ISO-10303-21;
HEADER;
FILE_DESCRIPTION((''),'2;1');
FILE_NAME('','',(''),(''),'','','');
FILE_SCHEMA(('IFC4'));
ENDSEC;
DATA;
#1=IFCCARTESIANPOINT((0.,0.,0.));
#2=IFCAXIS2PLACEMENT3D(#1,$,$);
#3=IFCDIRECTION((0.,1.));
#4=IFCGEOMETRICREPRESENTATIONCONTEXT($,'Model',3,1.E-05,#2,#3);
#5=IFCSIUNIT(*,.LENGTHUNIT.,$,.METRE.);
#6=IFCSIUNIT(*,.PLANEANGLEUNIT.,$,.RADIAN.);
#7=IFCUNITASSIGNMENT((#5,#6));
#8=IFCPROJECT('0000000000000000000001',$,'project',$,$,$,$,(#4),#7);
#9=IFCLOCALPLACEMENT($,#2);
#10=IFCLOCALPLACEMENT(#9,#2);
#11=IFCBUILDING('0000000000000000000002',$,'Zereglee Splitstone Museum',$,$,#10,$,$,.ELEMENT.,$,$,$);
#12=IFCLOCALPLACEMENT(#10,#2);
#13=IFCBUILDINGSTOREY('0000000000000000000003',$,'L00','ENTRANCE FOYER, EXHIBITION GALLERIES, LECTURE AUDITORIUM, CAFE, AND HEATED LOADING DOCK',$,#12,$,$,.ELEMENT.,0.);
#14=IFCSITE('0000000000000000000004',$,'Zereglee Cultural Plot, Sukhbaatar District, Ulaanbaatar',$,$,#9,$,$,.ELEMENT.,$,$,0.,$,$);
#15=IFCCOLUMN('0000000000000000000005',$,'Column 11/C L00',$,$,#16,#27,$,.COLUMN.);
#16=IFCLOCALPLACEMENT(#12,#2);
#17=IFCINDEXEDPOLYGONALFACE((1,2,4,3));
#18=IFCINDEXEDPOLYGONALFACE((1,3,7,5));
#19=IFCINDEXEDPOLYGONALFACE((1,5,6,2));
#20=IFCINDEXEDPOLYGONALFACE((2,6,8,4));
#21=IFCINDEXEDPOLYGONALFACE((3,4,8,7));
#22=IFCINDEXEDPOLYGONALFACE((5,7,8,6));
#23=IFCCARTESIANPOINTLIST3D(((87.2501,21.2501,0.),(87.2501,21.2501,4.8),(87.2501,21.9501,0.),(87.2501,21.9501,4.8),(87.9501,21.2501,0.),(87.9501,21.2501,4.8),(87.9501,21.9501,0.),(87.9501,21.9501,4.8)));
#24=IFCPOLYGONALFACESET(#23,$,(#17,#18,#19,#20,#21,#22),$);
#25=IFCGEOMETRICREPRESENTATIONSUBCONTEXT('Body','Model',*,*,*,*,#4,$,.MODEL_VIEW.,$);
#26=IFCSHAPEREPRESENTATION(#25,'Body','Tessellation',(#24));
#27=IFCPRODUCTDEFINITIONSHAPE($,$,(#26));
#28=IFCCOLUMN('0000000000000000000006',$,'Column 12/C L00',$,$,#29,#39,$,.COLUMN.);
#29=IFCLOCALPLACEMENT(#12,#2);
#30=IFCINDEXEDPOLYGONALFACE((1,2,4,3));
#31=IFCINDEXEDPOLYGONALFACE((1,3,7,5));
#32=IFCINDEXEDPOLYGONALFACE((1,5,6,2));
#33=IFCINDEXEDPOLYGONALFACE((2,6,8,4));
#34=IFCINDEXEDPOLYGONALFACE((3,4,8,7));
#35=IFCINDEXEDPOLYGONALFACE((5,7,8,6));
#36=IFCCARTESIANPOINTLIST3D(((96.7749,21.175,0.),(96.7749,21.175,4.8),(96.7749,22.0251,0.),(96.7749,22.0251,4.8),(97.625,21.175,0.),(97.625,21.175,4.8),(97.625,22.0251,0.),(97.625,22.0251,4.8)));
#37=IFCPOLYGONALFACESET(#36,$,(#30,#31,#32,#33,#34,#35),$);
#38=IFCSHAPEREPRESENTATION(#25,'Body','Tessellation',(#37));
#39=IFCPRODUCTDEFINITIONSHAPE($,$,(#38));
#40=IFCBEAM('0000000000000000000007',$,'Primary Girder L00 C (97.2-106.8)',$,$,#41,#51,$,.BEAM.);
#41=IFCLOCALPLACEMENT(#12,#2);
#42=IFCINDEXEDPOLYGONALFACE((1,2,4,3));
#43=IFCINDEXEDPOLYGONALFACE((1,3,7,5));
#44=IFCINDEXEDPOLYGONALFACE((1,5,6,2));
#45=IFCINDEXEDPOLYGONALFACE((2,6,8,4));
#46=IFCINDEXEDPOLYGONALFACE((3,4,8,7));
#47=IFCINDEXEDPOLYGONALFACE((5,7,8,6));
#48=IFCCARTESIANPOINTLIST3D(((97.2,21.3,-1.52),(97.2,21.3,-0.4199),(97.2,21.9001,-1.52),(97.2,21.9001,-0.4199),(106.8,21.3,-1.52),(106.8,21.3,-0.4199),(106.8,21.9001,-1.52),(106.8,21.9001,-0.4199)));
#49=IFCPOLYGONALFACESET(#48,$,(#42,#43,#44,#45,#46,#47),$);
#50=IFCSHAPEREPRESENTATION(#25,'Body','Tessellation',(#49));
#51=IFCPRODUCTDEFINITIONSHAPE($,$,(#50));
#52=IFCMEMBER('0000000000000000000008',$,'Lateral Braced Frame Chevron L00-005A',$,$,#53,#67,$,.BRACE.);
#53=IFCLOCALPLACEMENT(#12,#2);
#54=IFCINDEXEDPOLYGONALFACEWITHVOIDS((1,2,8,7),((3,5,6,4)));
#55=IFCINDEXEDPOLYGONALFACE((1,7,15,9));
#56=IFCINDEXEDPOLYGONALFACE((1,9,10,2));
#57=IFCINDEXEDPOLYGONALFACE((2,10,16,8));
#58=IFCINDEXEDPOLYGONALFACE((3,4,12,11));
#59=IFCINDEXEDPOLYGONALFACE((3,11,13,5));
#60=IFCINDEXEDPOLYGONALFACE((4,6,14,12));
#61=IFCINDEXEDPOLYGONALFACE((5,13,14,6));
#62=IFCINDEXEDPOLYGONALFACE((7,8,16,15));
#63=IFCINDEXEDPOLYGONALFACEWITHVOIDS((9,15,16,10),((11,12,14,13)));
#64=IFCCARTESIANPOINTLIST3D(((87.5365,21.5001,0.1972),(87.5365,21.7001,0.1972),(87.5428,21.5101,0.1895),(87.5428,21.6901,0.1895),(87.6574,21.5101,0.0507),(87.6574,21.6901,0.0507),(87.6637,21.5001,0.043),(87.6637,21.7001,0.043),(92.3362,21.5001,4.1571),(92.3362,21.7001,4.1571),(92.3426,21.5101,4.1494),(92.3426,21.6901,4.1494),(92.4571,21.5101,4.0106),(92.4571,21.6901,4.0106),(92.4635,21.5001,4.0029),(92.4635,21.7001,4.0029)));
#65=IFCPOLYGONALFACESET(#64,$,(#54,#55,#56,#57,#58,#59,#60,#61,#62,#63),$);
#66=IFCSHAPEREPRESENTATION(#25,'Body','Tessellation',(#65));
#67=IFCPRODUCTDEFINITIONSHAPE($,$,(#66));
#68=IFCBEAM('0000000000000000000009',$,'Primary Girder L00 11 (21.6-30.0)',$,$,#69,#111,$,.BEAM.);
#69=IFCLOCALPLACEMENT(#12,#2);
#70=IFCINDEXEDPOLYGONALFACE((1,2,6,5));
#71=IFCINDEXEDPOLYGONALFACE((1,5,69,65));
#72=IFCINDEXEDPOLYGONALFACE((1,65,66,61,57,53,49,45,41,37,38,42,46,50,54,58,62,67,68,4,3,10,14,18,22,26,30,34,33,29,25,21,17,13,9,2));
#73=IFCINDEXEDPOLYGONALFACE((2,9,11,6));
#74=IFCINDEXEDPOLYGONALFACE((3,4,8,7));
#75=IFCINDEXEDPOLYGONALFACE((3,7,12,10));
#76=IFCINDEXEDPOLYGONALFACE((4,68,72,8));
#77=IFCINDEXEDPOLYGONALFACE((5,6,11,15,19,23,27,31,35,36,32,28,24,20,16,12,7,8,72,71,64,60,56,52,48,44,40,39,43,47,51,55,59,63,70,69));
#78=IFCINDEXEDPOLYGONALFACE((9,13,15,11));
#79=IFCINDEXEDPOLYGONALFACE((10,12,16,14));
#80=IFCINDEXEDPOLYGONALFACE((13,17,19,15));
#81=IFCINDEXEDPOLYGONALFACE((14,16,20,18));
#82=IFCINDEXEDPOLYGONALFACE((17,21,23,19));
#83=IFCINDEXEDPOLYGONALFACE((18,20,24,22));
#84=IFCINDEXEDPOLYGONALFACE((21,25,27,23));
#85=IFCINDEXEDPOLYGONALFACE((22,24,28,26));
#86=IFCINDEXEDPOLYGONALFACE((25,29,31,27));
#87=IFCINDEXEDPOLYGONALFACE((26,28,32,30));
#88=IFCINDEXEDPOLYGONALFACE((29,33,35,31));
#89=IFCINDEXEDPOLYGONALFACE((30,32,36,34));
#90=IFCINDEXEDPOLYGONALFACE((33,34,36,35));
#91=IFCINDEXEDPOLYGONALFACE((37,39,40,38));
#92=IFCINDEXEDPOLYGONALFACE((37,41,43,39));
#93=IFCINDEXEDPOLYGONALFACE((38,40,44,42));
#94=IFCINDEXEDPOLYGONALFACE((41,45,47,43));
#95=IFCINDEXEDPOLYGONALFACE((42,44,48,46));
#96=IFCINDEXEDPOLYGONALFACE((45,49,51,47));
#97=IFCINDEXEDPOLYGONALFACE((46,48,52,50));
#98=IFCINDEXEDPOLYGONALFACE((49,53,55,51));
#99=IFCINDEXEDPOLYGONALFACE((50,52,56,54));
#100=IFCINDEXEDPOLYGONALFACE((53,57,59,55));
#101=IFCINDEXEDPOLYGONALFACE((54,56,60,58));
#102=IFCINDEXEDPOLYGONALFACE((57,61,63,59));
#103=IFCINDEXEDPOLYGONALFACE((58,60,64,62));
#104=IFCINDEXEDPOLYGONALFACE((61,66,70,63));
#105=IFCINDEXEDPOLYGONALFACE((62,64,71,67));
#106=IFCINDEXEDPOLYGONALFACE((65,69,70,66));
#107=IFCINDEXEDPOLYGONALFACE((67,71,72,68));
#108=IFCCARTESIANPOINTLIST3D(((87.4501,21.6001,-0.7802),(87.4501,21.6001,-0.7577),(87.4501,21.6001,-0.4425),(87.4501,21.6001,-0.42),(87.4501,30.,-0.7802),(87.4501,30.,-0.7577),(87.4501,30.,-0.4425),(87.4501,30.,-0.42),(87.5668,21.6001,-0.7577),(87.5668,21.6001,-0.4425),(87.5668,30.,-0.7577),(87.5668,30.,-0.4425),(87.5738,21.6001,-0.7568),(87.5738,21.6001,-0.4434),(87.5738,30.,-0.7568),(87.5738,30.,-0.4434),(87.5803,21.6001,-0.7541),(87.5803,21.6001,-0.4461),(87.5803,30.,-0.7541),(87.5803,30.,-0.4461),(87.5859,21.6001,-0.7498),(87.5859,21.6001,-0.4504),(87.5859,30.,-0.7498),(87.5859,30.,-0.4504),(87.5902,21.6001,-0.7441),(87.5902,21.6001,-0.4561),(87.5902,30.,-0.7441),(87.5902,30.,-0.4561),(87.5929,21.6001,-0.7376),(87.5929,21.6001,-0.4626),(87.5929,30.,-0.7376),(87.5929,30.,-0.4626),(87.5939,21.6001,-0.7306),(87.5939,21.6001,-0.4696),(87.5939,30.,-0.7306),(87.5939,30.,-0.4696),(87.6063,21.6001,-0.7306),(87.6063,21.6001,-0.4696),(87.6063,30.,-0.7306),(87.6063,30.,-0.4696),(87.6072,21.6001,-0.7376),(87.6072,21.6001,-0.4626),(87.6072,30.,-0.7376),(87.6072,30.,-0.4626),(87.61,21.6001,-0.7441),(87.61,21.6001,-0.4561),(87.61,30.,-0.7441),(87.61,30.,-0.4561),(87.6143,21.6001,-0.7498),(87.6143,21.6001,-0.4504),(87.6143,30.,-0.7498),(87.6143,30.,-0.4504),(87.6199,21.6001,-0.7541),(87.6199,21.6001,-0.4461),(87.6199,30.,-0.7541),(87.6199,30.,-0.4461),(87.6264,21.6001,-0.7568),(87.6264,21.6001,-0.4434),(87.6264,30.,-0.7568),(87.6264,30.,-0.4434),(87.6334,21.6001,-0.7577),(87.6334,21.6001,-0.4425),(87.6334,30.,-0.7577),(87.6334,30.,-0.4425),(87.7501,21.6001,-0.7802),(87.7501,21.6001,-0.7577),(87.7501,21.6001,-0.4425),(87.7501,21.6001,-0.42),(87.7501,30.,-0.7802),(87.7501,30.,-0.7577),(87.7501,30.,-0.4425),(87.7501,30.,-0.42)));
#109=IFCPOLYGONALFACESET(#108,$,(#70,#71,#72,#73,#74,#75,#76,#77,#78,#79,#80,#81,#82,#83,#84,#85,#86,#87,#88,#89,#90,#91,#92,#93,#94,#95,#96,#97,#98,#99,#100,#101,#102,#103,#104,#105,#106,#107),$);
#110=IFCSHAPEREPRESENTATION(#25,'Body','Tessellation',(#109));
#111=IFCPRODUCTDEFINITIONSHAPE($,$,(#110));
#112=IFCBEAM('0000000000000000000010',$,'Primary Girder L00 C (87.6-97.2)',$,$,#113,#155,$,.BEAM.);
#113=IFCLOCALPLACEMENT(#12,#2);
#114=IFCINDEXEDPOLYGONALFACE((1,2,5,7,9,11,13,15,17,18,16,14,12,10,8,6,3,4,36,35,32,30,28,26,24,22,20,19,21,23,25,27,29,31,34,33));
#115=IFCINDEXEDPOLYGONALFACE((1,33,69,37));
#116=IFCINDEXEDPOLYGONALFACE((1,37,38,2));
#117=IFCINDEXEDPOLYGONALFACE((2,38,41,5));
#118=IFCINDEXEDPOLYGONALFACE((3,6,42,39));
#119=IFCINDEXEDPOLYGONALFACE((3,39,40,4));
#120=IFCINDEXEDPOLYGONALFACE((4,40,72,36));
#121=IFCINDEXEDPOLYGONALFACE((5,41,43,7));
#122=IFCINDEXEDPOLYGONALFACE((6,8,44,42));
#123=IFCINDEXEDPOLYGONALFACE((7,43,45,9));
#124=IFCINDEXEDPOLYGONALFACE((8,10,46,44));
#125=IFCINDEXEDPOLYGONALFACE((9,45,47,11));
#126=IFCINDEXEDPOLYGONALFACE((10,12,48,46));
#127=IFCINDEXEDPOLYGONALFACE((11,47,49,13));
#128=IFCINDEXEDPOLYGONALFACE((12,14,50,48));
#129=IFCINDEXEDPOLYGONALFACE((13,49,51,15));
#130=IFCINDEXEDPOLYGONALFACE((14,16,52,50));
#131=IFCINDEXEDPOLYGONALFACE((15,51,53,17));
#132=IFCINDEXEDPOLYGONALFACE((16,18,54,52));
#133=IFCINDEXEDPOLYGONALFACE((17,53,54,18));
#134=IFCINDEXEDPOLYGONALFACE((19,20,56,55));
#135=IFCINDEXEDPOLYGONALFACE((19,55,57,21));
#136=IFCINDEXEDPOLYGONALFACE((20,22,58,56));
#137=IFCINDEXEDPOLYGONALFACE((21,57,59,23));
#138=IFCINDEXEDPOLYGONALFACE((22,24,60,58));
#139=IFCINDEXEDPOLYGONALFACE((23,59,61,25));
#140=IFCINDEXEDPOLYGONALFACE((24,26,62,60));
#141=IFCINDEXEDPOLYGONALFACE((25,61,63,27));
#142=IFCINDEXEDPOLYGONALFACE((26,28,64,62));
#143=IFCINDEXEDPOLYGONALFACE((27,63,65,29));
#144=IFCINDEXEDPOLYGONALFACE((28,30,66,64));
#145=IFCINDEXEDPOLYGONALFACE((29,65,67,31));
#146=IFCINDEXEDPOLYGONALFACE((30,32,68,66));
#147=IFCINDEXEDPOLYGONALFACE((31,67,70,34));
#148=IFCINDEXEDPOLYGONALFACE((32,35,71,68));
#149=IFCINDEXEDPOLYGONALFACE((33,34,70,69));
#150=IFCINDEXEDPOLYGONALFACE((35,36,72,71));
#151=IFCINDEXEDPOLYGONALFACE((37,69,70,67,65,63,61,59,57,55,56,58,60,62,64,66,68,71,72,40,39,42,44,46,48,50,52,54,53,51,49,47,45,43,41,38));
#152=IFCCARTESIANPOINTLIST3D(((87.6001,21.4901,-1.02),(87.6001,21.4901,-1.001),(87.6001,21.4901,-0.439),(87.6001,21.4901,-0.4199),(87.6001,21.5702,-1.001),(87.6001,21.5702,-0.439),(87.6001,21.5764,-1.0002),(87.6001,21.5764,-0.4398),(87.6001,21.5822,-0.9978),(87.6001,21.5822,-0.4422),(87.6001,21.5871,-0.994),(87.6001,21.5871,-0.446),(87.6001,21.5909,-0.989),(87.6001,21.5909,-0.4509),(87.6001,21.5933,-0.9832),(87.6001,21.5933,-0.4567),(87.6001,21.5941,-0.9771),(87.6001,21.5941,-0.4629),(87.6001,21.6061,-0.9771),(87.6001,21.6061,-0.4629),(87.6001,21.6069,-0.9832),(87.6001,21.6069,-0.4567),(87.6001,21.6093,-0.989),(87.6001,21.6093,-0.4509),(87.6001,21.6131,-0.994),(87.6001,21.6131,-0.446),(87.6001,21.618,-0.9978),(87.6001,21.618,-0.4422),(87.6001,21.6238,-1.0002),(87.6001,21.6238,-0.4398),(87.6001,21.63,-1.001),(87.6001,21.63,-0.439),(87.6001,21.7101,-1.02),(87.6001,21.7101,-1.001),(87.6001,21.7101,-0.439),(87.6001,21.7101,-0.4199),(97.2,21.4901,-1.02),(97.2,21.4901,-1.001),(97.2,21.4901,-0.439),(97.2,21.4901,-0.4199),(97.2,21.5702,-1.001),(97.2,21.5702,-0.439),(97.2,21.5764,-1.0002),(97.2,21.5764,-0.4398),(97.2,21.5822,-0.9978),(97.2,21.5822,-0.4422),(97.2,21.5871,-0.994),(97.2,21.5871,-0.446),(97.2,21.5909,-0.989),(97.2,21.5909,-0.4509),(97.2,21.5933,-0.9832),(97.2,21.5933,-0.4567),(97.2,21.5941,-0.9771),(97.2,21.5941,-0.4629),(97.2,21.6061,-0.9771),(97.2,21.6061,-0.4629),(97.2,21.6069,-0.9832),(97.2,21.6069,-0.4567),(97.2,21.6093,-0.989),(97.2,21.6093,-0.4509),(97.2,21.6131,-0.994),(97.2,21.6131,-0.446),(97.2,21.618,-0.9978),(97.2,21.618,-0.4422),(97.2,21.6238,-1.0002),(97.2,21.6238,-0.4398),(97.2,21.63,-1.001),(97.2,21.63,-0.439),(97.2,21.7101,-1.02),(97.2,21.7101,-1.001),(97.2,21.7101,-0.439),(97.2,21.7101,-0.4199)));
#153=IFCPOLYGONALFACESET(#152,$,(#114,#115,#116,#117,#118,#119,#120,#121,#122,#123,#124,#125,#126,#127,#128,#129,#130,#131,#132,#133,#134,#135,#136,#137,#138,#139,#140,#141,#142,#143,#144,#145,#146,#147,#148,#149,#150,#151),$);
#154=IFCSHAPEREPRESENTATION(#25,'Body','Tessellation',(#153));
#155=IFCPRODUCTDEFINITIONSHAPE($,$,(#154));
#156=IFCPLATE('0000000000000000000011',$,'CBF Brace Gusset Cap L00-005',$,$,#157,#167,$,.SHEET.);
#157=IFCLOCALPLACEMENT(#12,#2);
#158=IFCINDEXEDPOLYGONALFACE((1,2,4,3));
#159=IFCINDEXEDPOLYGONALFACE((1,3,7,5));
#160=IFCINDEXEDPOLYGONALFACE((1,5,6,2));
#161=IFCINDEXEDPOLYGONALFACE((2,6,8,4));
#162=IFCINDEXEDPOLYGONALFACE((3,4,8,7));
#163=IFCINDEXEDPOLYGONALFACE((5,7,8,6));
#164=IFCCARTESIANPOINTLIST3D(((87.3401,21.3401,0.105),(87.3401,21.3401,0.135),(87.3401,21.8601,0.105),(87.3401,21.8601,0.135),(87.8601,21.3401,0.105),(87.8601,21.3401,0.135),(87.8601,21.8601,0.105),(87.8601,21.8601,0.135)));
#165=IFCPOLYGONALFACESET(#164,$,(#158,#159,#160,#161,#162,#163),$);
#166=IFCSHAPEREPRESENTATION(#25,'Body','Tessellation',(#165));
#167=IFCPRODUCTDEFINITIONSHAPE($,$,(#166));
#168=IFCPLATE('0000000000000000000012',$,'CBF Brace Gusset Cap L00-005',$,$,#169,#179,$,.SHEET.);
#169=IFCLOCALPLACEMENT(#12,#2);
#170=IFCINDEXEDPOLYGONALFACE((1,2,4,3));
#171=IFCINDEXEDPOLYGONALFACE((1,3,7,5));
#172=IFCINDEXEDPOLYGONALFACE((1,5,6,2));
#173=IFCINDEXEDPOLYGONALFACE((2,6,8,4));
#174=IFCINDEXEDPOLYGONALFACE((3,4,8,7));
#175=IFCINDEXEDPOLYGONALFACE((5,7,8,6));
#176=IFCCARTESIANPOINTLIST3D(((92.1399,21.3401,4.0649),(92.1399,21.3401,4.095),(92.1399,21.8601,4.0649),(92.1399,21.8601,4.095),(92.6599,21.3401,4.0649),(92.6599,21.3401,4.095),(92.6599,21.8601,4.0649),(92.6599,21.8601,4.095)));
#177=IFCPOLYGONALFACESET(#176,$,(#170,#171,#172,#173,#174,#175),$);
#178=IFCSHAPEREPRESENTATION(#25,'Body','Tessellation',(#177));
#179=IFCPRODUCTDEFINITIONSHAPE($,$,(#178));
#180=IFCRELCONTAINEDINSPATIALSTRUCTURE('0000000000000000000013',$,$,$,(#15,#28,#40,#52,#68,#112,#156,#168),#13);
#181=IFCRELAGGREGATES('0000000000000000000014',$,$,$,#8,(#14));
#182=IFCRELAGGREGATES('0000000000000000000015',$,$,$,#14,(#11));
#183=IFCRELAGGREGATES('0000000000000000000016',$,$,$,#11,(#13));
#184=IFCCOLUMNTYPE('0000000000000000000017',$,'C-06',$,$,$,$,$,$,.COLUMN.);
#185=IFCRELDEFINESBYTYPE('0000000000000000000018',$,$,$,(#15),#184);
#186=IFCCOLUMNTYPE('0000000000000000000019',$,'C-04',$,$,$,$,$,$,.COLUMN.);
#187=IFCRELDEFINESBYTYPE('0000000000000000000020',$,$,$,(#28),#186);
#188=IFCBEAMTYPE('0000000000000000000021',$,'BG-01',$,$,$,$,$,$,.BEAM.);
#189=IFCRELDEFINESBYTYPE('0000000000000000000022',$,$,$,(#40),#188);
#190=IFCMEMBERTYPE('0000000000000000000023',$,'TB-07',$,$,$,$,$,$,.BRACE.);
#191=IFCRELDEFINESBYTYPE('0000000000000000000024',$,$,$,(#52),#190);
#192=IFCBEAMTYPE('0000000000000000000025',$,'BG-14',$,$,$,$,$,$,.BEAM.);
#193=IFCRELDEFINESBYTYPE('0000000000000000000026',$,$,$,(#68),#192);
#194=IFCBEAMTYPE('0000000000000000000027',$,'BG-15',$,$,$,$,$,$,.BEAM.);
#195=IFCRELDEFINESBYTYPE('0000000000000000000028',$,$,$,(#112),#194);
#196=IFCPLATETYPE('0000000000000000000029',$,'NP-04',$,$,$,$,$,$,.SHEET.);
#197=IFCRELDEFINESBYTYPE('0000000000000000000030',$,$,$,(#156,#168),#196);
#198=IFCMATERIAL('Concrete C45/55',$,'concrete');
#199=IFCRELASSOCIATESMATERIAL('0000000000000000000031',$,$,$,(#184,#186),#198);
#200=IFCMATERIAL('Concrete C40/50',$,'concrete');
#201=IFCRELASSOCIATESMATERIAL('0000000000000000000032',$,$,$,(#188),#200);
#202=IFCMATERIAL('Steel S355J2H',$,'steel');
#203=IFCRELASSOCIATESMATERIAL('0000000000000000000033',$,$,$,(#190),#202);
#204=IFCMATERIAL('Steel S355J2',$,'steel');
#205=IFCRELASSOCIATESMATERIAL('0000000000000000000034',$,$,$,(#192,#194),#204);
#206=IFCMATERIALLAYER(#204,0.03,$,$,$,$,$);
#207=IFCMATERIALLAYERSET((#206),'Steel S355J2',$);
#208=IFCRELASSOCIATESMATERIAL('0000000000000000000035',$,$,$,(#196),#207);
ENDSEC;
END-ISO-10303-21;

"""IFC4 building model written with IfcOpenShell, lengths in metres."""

from ifc_helpers import new_model, si_unit, direction, frame, origin, origin_2d, place, context, subcontext, project, spatial, rectangle, hollow_rectangle, i_section, extrude, material, layer, layer_set, material_profile, profile_set, type_object, element, save


model = new_model("IFC4")

# Units and contexts
model_context = context("Model", 3, precision=1e-05, world=origin(), true_north=direction((0.0, 1.0)))
body_context = subcontext(model_context, "Body", "Model", "MODEL_VIEW")
ifc_project = project(units=[si_unit("LENGTHUNIT", "METRE"), si_unit("PLANEANGLEUNIT", "RADIAN")], contexts=[model_context])

# Site, building, storey
site_placement = place(None, origin())
site = spatial("IfcSite", under=ifc_project, at=site_placement, Name="Zereglee Cultural Plot, Sukhbaatar District, Ulaanbaatar", CompositionType="ELEMENT", RefElevation=0.0)
building_placement = place(site_placement, origin())
building = spatial("IfcBuilding", under=site, at=building_placement, Name="Zereglee Splitstone Museum", CompositionType="ELEMENT")
storey_placement = place(building_placement, origin())
storey = spatial("IfcBuildingStorey", under=building, at=storey_placement, Name="L00", Description="ENTRANCE FOYER, EXHIBITION GALLERIES, LECTURE AUDITORIUM, CAFE, AND HEATED LOADING DOCK", CompositionType="ELEMENT", Elevation=0.0)

# Columns
ifc_material_1 = material(Name="Concrete C45/55", Category="concrete")
ifc_material_profile_1 = material_profile(ifc_material_1, rectangle(XDim=0.7, YDim=0.7, at=origin_2d()), Name="RC 700x700")
ifc_profile_set_1 = profile_set([ifc_material_profile_1], Name="Concrete C45/55")
column_type_1 = type_object("IfcColumnType", Name="C-06", PredefinedType="COLUMN", material=ifc_profile_set_1)
column_1_placement = place(storey_placement, frame((87.6001, 21.6001, 0.0), z_axis=(0.0, 0.0, 1.0), x_axis=(1.0, 0.0, 0.0)))
element("IfcColumn", 1, at=column_1_placement, inside=storey, type_object=column_type_1, Name="Column 11/C L00", PredefinedType="COLUMN", context=body_context, shape_type="SweptSolid", body=[
    extrude(rectangle(XDim=0.7, YDim=0.7, at=origin_2d()), origin(), (0.0, 0.0, 1.0), 4.8),
])
ifc_material_profile_2 = material_profile(ifc_material_1, rectangle(XDim=0.8501, YDim=0.8501, at=origin_2d()), Name="RC 850x850")
ifc_profile_set_2 = profile_set([ifc_material_profile_2], Name="Concrete C45/55")
column_type_2 = type_object("IfcColumnType", Name="C-04", PredefinedType="COLUMN", material=ifc_profile_set_2)
column_2_placement = place(storey_placement, frame((97.2, 21.6001, 0.0), z_axis=(0.0, 0.0, 1.0), x_axis=(1.0, 0.0, 0.0)))
element("IfcColumn", 2, at=column_2_placement, inside=storey, type_object=column_type_2, Name="Column 12/C L00", PredefinedType="COLUMN", context=body_context, shape_type="SweptSolid", body=[
    extrude(rectangle(XDim=0.8501, YDim=0.8501, at=origin_2d()), origin(), (0.0, 0.0, 1.0), 4.8),
])

# Beam
ifc_material_2 = material(Name="Concrete C40/50", Category="concrete")
ifc_material_profile_3 = material_profile(ifc_material_2, rectangle(XDim=0.6001, YDim=1.1001, at=origin_2d()), Name="RC 600x1100")
ifc_profile_set_3 = profile_set([ifc_material_profile_3], Name="Concrete C40/50")
beam_type_1 = type_object("IfcBeamType", Name="BG-01", PredefinedType="BEAM", material=ifc_profile_set_3)
beam_1_placement = place(storey_placement, frame((97.2, 21.6001, -0.97), z_axis=(1.0, 0.0, 0.0), x_axis=(0.0, 1.0, 0.0)))
element("IfcBeam", 3, at=beam_1_placement, inside=storey, type_object=beam_type_1, Name="Primary Girder L00 C (97.2-106.8)", PredefinedType="BEAM", context=body_context, shape_type="SweptSolid", body=[
    extrude(rectangle(XDim=0.6001, YDim=1.1001, at=origin_2d()), origin(), (0.0, 0.0, 1.0), 9.6001),
])

# Member
ifc_material_3 = material(Name="Steel S355J2H", Category="steel")
ifc_material_profile_4 = material_profile(ifc_material_3, hollow_rectangle(XDim=0.2, YDim=0.2, WallThickness=0.01, at=origin_2d()), Name="SHS 200x200x10")
ifc_profile_set_4 = profile_set([ifc_material_profile_4], Name="Steel S355J2H")
member_type = type_object("IfcMemberType", Name="TB-07", PredefinedType="BRACE", material=ifc_profile_set_4)
member_placement = place(storey_placement, frame((87.6001, 21.6001, 0.1201), z_axis=(0.771364, 0.0, 0.636395), x_axis=(0.0, 1.0, 0.0)))
element("IfcMember", 4, at=member_placement, inside=storey, type_object=member_type, Name="Lateral Braced Frame Chevron L00-005A", PredefinedType="BRACE", context=body_context, shape_type="SweptSolid", body=[
    extrude(hollow_rectangle(XDim=0.2, YDim=0.2, WallThickness=0.01, at=origin_2d()), origin(), (0.0, 0.0, 1.0), 6.2224),
])

# Beams
ifc_material_4 = material(Name="Steel S355J2", Category="steel")
ifc_material_profile_5 = material_profile(ifc_material_4, i_section(OverallWidth=0.3, OverallDepth=0.3601, WebThickness=0.0125, FlangeThickness=0.0225, FilletRadius=0.0271, at=origin_2d()), Name="HE 360 B")
ifc_profile_set_5 = profile_set([ifc_material_profile_5], Name="Steel S355J2")
beam_type_2 = type_object("IfcBeamType", Name="BG-14", PredefinedType="BEAM", material=ifc_profile_set_5)
beam_2_placement = place(storey_placement, frame((87.6001, 21.6001, -0.6001), z_axis=(0.0, 1.0, 0.0), x_axis=(-1.0, 0.0, 0.0)))
element("IfcBeam", 5, at=beam_2_placement, inside=storey, type_object=beam_type_2, Name="Primary Girder L00 11 (21.6-30.0)", PredefinedType="BEAM", context=body_context, shape_type="SweptSolid", body=[
    extrude(i_section(OverallWidth=0.3, OverallDepth=0.3601, WebThickness=0.0125, FlangeThickness=0.0225, FilletRadius=0.0271, at=origin_2d()), origin(), (0.0, 0.0, 1.0), 8.3999),
])
ifc_material_profile_6 = material_profile(ifc_material_4, i_section(OverallWidth=0.22, OverallDepth=0.6001, WebThickness=0.012, FlangeThickness=0.019, FilletRadius=0.0239, at=origin_2d()), Name="IPE 600")
ifc_profile_set_6 = profile_set([ifc_material_profile_6], Name="Steel S355J2")
beam_type_3 = type_object("IfcBeamType", Name="BG-15", PredefinedType="BEAM", material=ifc_profile_set_6)
beam_3_placement = place(storey_placement, frame((87.6001, 21.6001, -0.72), z_axis=(1.0, 0.0, 0.0), x_axis=(0.0, 1.0, 0.0)))
element("IfcBeam", 6, at=beam_3_placement, inside=storey, type_object=beam_type_3, Name="Primary Girder L00 C (87.6-97.2)", PredefinedType="BEAM", context=body_context, shape_type="SweptSolid", body=[
    extrude(i_section(OverallWidth=0.22, OverallDepth=0.6001, WebThickness=0.012, FlangeThickness=0.019, FilletRadius=0.0239, at=origin_2d()), origin(), (0.0, 0.0, 1.0), 9.5999),
])

# Plates
ifc_layer_1 = layer(ifc_material_4, 0.03)
ifc_layer_set_1 = layer_set([ifc_layer_1], Name="Steel S355J2")
plate_type = type_object("IfcPlateType", Name="NP-04", PredefinedType="SHEET", material=ifc_layer_set_1)
for number, where, z_axis, x_axis, name in (
    (7, (87.6001, 21.6001, 0.105), (0.0, 0.0, 1.0), (1.0, 0.0, 0.0), "CBF Brace Gusset Cap L00-005"),
    (8, (92.3999, 21.6001, 4.0649), (0.0, 0.0, 1.0), (1.0, 0.0, 0.0), "CBF Brace Gusset Cap L00-005"),
):
    element("IfcPlate", number, at=place(storey_placement, frame(where, z_axis=z_axis, x_axis=x_axis)), inside=storey, type_object=plate_type, Name=name, PredefinedType="SHEET", context=body_context, shape_type="SweptSolid", body=[
        extrude(rectangle(XDim=0.52, YDim=0.52, at=origin_2d()), origin(), (0.0, 0.0, 1.0), 0.03),
    ])

save(model, "model.ifc")
